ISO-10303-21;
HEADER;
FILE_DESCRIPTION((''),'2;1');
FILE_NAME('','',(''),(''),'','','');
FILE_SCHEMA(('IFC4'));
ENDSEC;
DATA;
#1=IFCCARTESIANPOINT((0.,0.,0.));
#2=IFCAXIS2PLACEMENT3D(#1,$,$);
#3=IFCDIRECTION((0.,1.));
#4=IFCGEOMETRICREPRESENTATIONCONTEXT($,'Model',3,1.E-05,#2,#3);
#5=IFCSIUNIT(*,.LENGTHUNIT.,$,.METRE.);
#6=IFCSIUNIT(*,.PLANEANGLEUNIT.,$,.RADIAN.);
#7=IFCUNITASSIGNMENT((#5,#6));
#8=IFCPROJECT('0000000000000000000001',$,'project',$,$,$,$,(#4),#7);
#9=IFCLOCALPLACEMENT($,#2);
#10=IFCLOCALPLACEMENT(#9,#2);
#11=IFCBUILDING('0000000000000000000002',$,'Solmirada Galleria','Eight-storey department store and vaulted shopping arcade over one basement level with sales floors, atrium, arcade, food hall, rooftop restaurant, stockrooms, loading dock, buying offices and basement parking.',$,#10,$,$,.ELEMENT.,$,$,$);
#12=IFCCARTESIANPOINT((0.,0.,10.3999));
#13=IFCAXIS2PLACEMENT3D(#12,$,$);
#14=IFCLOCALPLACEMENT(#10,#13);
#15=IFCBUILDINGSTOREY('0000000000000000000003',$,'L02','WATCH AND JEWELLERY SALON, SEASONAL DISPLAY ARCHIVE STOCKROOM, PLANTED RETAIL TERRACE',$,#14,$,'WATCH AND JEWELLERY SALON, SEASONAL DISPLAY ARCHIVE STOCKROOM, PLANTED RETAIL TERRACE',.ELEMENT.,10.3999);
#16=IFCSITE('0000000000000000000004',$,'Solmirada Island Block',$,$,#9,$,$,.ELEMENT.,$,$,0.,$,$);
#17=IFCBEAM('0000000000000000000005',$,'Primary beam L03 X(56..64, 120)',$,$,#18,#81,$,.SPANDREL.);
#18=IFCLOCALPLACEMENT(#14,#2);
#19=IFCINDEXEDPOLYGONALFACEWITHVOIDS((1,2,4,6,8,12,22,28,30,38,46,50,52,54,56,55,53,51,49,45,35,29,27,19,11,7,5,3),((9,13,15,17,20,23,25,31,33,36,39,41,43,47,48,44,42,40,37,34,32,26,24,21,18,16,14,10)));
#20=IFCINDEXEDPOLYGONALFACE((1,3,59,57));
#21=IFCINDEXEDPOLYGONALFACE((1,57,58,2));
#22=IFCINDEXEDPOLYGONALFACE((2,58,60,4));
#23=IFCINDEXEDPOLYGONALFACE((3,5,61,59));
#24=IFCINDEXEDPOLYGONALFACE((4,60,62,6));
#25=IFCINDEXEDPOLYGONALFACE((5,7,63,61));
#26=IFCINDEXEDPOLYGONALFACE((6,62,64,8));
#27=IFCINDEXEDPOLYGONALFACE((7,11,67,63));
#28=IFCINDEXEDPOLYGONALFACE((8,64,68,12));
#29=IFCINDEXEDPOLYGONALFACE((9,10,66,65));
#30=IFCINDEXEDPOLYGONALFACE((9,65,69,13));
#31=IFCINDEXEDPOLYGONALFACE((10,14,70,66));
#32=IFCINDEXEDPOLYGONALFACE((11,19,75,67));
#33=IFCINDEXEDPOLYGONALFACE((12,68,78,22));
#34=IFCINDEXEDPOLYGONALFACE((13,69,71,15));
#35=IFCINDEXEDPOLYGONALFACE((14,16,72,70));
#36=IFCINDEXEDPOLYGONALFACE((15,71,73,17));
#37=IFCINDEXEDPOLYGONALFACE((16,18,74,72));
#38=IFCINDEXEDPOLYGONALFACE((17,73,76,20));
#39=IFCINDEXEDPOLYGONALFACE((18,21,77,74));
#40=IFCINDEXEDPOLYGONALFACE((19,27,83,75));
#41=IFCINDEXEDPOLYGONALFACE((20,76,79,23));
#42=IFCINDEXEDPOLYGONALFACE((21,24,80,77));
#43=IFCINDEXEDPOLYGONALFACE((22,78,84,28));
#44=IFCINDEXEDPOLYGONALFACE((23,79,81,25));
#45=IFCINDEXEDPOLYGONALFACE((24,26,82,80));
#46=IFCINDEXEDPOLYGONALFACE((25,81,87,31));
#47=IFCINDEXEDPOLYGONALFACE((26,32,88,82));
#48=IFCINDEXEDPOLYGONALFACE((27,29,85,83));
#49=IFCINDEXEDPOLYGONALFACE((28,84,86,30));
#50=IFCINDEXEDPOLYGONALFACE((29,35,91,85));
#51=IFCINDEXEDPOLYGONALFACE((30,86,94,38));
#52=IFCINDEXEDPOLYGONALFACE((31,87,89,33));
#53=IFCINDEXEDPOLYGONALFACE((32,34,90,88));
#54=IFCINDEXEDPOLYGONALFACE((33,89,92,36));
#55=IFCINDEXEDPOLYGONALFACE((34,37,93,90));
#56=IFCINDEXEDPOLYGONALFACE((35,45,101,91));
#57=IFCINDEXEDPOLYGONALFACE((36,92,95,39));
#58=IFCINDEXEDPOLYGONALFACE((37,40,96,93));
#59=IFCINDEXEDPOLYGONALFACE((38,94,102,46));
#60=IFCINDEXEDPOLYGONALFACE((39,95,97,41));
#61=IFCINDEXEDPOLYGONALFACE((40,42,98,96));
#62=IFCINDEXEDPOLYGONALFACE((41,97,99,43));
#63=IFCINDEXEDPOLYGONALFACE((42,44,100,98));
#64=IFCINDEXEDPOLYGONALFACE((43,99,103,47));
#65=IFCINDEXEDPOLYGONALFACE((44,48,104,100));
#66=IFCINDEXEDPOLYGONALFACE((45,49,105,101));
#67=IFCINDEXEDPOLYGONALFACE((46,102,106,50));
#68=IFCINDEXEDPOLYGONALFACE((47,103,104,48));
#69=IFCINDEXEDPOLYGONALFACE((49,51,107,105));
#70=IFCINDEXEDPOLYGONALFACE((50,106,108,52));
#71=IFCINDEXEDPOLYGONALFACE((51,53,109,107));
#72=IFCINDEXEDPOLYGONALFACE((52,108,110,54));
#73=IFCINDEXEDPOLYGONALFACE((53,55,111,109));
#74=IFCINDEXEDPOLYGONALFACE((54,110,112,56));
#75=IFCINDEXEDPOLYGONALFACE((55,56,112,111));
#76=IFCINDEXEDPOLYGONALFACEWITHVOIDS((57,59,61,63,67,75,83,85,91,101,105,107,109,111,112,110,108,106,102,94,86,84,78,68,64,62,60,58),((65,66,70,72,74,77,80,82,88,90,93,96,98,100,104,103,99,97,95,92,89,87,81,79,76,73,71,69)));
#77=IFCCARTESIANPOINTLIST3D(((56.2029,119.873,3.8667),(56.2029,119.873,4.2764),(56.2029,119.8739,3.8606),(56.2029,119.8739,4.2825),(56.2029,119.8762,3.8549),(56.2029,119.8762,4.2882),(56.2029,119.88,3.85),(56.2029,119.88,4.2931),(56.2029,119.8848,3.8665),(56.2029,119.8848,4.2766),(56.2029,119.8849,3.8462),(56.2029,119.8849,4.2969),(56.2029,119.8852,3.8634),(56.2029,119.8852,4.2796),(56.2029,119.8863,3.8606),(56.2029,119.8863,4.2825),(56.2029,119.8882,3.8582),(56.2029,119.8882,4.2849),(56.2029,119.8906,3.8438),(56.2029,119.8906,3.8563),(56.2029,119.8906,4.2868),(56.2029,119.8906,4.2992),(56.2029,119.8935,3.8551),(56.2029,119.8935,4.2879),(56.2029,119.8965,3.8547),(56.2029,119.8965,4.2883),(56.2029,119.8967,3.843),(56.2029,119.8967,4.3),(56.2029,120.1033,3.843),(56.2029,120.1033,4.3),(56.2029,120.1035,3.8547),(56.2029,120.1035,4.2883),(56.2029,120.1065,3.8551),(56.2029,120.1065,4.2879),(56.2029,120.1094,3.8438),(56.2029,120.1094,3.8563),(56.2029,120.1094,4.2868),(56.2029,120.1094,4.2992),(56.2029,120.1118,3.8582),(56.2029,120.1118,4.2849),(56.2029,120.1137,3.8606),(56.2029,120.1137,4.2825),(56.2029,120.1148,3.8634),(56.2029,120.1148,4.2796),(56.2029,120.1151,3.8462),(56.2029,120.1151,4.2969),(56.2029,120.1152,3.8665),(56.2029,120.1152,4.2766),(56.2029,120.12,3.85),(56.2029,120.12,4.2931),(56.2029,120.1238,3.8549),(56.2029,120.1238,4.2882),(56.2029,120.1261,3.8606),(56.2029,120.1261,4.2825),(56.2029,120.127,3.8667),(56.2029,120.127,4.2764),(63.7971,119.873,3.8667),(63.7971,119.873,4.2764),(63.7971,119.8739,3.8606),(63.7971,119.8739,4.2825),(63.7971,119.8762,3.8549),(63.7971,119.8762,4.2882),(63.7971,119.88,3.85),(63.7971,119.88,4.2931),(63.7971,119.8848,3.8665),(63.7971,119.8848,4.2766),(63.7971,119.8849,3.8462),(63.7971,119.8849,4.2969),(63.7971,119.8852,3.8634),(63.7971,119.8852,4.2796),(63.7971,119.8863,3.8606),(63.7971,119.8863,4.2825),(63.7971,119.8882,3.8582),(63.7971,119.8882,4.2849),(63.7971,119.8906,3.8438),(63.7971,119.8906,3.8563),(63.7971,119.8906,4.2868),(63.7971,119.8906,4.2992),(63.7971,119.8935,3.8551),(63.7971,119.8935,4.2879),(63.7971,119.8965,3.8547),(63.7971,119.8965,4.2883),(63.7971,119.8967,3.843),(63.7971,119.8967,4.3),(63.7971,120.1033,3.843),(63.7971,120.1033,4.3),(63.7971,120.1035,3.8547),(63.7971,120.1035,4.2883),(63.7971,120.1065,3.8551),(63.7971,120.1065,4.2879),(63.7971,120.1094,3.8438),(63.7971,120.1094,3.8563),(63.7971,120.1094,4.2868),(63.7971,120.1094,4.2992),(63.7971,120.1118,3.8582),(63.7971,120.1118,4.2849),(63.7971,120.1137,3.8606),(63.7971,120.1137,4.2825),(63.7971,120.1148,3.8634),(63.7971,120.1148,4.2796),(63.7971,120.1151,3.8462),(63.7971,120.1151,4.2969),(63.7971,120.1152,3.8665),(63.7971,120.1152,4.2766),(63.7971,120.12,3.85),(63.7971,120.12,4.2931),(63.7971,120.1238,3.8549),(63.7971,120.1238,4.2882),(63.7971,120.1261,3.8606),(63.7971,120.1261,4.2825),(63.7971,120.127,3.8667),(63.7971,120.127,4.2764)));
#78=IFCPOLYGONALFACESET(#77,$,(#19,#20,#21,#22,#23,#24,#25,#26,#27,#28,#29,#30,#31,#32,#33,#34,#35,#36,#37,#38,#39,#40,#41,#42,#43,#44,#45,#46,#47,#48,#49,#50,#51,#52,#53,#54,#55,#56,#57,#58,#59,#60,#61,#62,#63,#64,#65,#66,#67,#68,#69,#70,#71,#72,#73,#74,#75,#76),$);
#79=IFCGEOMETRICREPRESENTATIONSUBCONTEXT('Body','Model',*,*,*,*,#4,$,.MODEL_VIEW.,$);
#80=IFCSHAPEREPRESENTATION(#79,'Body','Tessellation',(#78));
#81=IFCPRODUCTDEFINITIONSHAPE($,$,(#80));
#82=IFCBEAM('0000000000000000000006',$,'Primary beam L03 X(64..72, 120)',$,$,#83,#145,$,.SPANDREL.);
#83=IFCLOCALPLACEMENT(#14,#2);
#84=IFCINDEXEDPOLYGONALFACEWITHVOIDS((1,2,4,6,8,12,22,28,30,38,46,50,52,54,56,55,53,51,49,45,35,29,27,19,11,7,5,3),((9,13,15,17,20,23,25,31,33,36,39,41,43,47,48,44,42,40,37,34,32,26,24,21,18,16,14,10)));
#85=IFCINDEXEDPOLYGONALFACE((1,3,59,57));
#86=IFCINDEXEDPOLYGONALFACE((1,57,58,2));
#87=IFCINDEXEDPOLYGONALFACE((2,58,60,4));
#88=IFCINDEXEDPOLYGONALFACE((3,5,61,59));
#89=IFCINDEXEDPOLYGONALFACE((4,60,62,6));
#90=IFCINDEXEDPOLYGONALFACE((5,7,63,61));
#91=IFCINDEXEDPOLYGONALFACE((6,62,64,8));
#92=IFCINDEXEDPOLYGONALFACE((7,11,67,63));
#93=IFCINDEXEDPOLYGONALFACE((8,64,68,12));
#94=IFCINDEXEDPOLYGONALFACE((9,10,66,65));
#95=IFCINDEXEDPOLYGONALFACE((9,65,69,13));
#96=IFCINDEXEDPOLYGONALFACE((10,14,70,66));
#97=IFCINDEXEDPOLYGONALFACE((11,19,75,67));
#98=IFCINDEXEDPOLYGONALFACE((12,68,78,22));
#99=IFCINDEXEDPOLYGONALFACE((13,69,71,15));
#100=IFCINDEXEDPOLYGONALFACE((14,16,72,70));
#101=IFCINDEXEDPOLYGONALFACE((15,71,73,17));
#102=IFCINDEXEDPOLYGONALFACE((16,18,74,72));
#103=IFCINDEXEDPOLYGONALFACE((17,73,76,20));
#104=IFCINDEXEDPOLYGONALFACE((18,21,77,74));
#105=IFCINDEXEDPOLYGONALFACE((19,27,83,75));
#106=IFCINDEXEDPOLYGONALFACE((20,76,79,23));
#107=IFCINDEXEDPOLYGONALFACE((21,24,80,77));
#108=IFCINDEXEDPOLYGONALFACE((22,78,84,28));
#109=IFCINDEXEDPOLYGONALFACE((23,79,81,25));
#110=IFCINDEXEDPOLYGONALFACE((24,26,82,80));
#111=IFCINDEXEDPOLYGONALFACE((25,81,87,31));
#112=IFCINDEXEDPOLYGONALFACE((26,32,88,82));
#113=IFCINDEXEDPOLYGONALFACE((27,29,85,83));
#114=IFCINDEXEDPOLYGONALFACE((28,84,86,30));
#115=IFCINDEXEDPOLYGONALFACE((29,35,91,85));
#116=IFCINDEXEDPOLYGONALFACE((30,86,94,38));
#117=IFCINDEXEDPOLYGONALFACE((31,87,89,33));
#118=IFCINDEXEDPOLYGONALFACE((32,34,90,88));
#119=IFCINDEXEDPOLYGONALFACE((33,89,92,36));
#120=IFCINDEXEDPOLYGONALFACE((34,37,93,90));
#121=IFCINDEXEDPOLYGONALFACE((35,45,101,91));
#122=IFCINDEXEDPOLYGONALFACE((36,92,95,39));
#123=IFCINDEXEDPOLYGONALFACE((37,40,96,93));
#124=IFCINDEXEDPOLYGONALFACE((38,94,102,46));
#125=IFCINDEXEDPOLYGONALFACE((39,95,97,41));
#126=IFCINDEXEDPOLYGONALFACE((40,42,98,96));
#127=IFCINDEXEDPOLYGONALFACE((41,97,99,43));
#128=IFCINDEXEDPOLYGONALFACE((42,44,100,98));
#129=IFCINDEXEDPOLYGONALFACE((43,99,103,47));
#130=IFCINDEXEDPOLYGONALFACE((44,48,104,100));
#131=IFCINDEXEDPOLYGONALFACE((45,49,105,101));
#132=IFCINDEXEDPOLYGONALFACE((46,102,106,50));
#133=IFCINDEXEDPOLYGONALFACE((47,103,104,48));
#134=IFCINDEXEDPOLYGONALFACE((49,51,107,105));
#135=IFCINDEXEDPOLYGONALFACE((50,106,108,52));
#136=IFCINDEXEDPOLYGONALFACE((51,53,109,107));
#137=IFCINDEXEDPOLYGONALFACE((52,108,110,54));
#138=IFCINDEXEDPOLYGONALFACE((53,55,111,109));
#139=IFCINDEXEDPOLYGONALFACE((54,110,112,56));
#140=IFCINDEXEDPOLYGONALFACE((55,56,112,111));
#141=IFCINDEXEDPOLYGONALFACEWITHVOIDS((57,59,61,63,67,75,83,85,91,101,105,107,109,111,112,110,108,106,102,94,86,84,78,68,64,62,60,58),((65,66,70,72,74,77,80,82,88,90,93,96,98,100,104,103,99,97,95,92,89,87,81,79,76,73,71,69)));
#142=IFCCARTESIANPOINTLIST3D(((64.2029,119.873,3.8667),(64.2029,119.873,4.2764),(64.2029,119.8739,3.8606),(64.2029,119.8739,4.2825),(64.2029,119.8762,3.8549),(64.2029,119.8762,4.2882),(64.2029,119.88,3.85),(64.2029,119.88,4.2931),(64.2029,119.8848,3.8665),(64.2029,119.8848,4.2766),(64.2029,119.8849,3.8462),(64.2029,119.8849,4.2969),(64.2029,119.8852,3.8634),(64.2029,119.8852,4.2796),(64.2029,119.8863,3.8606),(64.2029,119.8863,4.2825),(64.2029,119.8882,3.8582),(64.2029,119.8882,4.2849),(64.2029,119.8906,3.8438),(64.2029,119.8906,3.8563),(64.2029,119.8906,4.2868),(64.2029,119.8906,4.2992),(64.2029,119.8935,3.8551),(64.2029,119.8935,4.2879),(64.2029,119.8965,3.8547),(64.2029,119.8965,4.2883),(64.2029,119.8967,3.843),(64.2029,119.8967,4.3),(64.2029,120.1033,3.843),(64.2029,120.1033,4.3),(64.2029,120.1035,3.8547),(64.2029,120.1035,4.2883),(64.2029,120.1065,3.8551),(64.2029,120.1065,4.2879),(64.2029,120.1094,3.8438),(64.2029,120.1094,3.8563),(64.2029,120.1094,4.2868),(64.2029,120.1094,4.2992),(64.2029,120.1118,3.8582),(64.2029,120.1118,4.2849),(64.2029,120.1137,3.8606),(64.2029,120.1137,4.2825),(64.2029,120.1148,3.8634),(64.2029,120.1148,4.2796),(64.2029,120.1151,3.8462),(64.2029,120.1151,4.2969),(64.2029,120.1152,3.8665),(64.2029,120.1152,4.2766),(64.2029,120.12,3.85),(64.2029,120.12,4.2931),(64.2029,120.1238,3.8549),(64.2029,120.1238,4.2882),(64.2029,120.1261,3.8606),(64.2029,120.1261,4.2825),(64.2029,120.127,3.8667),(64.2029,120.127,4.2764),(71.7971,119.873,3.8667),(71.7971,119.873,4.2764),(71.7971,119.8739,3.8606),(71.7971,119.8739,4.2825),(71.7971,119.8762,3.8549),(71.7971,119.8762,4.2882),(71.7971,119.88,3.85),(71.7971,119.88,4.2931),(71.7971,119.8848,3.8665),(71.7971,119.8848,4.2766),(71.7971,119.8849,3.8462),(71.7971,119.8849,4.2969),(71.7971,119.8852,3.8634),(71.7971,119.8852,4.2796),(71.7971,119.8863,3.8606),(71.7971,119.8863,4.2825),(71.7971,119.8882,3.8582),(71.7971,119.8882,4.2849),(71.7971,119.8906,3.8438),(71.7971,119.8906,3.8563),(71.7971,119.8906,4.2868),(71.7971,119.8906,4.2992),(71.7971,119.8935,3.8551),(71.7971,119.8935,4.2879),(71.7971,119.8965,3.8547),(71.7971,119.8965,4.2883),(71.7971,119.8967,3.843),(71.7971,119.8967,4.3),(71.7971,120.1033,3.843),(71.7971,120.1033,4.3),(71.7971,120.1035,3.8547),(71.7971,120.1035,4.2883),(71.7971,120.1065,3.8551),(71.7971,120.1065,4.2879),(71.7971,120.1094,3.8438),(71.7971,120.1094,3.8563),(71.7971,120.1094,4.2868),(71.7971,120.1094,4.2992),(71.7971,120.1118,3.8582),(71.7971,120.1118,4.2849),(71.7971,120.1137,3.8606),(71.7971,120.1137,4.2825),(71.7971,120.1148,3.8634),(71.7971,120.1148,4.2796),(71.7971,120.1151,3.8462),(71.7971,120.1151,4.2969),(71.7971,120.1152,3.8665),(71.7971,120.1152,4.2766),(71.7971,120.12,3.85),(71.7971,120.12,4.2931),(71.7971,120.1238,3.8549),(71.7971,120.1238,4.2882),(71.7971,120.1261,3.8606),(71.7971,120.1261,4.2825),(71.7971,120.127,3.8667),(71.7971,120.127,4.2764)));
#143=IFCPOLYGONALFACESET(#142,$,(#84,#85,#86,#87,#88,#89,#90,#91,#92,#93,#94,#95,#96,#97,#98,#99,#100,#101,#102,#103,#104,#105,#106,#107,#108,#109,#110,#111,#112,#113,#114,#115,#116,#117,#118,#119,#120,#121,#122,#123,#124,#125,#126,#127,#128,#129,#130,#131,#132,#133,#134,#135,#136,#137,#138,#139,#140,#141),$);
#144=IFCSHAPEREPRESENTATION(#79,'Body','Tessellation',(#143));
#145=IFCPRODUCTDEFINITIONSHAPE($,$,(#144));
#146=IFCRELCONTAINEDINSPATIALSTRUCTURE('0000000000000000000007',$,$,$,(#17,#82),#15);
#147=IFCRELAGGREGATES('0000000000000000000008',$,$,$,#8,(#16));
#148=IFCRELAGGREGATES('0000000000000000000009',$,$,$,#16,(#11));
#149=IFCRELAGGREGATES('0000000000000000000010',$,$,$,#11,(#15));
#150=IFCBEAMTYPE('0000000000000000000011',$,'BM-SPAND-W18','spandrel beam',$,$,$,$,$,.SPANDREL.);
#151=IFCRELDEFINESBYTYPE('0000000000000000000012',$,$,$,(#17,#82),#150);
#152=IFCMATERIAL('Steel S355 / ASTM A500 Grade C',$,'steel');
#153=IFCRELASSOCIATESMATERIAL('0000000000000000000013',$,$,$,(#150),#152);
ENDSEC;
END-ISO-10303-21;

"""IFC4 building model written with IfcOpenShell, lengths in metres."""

from ifc_helpers import new_model, si_unit, direction, frame, origin, origin_2d, place, context, subcontext, project, spatial, hollow_rectangle, extrude, material, material_profile, profile_set, type_object, element, save


model = new_model("IFC4")

# Units and contexts
model_context = context("Model", 3, precision=1e-05, world=origin(), true_north=direction((0.0, 1.0)))
body_context = subcontext(model_context, "Body", "Model", "MODEL_VIEW")
ifc_project = project(units=[si_unit("LENGTHUNIT", "METRE"), si_unit("PLANEANGLEUNIT", "RADIAN")], contexts=[model_context])

# Site, building, storey
site_placement = place(None, origin())
site = spatial("IfcSite", under=ifc_project, at=site_placement, Name="Solmirada Island Block", CompositionType="ELEMENT", RefElevation=0.0)
building_placement = place(site_placement, origin())
building = spatial("IfcBuilding", under=site, at=building_placement, Name="Solmirada Galleria", Description="Eight-storey department store and vaulted shopping arcade over one basement level with sales floors, atrium, arcade, food hall, rooftop restaurant, stockrooms, loading dock, buying offices and basement parking.", CompositionType="ELEMENT")
storey_placement = place(building_placement, frame((0.0, 0.0, 10.3999)))
storey = spatial("IfcBuildingStorey", under=building, at=storey_placement, Name="L02", Description="WATCH AND JEWELLERY SALON, SEASONAL DISPLAY ARCHIVE STOCKROOM, PLANTED RETAIL TERRACE", LongName="WATCH AND JEWELLERY SALON, SEASONAL DISPLAY ARCHIVE STOCKROOM, PLANTED RETAIL TERRACE", CompositionType="ELEMENT", Elevation=10.3999)

# Shared definitions
ifc_material_1 = material(Name="Steel S355 / ASTM A500 Grade C", Category="steel")

# Beams
ifc_material_profile_1 = material_profile(ifc_material_1, hollow_rectangle(XDim=0.2539, YDim=0.457, WallThickness=0.0117, InnerFilletRadius=0.0117, OuterFilletRadius=0.0237, at=origin_2d()), Name="HSS18X10X1/2")
ifc_profile_set_1 = profile_set([ifc_material_profile_1], Name="Steel S355 / ASTM A500 Grade C")
beam_type_1 = type_object("IfcBeamType", Name="BM-SPAND-W18", Description="spandrel beam", PredefinedType="SPANDREL", material=ifc_profile_set_1)
for number, where, z_axis, x_axis, name in (
    (1, (56.2029, 120.0, 4.0715), (1.0, 0.0, 0.0), (0.0, 1.0, 0.0), "Primary beam L03 X(56..64, 120)"),
    (2, (64.2029, 120.0, 4.0715), (1.0, 0.0, 0.0), (0.0, 1.0, 0.0), "Primary beam L03 X(64..72, 120)"),
):
    element("IfcBeam", number, at=place(storey_placement, frame(where, z_axis=z_axis, x_axis=x_axis)), inside=storey, type_object=beam_type_1, Name=name, PredefinedType="SPANDREL", context=body_context, shape_type="SweptSolid", body=[
        extrude(hollow_rectangle(XDim=0.2539, YDim=0.457, WallThickness=0.0117, InnerFilletRadius=0.0117, OuterFilletRadius=0.0237, at=origin_2d()), origin(), (0.0, 0.0, 1.0), 7.5942),
    ])

save(model, "model.ifc")
